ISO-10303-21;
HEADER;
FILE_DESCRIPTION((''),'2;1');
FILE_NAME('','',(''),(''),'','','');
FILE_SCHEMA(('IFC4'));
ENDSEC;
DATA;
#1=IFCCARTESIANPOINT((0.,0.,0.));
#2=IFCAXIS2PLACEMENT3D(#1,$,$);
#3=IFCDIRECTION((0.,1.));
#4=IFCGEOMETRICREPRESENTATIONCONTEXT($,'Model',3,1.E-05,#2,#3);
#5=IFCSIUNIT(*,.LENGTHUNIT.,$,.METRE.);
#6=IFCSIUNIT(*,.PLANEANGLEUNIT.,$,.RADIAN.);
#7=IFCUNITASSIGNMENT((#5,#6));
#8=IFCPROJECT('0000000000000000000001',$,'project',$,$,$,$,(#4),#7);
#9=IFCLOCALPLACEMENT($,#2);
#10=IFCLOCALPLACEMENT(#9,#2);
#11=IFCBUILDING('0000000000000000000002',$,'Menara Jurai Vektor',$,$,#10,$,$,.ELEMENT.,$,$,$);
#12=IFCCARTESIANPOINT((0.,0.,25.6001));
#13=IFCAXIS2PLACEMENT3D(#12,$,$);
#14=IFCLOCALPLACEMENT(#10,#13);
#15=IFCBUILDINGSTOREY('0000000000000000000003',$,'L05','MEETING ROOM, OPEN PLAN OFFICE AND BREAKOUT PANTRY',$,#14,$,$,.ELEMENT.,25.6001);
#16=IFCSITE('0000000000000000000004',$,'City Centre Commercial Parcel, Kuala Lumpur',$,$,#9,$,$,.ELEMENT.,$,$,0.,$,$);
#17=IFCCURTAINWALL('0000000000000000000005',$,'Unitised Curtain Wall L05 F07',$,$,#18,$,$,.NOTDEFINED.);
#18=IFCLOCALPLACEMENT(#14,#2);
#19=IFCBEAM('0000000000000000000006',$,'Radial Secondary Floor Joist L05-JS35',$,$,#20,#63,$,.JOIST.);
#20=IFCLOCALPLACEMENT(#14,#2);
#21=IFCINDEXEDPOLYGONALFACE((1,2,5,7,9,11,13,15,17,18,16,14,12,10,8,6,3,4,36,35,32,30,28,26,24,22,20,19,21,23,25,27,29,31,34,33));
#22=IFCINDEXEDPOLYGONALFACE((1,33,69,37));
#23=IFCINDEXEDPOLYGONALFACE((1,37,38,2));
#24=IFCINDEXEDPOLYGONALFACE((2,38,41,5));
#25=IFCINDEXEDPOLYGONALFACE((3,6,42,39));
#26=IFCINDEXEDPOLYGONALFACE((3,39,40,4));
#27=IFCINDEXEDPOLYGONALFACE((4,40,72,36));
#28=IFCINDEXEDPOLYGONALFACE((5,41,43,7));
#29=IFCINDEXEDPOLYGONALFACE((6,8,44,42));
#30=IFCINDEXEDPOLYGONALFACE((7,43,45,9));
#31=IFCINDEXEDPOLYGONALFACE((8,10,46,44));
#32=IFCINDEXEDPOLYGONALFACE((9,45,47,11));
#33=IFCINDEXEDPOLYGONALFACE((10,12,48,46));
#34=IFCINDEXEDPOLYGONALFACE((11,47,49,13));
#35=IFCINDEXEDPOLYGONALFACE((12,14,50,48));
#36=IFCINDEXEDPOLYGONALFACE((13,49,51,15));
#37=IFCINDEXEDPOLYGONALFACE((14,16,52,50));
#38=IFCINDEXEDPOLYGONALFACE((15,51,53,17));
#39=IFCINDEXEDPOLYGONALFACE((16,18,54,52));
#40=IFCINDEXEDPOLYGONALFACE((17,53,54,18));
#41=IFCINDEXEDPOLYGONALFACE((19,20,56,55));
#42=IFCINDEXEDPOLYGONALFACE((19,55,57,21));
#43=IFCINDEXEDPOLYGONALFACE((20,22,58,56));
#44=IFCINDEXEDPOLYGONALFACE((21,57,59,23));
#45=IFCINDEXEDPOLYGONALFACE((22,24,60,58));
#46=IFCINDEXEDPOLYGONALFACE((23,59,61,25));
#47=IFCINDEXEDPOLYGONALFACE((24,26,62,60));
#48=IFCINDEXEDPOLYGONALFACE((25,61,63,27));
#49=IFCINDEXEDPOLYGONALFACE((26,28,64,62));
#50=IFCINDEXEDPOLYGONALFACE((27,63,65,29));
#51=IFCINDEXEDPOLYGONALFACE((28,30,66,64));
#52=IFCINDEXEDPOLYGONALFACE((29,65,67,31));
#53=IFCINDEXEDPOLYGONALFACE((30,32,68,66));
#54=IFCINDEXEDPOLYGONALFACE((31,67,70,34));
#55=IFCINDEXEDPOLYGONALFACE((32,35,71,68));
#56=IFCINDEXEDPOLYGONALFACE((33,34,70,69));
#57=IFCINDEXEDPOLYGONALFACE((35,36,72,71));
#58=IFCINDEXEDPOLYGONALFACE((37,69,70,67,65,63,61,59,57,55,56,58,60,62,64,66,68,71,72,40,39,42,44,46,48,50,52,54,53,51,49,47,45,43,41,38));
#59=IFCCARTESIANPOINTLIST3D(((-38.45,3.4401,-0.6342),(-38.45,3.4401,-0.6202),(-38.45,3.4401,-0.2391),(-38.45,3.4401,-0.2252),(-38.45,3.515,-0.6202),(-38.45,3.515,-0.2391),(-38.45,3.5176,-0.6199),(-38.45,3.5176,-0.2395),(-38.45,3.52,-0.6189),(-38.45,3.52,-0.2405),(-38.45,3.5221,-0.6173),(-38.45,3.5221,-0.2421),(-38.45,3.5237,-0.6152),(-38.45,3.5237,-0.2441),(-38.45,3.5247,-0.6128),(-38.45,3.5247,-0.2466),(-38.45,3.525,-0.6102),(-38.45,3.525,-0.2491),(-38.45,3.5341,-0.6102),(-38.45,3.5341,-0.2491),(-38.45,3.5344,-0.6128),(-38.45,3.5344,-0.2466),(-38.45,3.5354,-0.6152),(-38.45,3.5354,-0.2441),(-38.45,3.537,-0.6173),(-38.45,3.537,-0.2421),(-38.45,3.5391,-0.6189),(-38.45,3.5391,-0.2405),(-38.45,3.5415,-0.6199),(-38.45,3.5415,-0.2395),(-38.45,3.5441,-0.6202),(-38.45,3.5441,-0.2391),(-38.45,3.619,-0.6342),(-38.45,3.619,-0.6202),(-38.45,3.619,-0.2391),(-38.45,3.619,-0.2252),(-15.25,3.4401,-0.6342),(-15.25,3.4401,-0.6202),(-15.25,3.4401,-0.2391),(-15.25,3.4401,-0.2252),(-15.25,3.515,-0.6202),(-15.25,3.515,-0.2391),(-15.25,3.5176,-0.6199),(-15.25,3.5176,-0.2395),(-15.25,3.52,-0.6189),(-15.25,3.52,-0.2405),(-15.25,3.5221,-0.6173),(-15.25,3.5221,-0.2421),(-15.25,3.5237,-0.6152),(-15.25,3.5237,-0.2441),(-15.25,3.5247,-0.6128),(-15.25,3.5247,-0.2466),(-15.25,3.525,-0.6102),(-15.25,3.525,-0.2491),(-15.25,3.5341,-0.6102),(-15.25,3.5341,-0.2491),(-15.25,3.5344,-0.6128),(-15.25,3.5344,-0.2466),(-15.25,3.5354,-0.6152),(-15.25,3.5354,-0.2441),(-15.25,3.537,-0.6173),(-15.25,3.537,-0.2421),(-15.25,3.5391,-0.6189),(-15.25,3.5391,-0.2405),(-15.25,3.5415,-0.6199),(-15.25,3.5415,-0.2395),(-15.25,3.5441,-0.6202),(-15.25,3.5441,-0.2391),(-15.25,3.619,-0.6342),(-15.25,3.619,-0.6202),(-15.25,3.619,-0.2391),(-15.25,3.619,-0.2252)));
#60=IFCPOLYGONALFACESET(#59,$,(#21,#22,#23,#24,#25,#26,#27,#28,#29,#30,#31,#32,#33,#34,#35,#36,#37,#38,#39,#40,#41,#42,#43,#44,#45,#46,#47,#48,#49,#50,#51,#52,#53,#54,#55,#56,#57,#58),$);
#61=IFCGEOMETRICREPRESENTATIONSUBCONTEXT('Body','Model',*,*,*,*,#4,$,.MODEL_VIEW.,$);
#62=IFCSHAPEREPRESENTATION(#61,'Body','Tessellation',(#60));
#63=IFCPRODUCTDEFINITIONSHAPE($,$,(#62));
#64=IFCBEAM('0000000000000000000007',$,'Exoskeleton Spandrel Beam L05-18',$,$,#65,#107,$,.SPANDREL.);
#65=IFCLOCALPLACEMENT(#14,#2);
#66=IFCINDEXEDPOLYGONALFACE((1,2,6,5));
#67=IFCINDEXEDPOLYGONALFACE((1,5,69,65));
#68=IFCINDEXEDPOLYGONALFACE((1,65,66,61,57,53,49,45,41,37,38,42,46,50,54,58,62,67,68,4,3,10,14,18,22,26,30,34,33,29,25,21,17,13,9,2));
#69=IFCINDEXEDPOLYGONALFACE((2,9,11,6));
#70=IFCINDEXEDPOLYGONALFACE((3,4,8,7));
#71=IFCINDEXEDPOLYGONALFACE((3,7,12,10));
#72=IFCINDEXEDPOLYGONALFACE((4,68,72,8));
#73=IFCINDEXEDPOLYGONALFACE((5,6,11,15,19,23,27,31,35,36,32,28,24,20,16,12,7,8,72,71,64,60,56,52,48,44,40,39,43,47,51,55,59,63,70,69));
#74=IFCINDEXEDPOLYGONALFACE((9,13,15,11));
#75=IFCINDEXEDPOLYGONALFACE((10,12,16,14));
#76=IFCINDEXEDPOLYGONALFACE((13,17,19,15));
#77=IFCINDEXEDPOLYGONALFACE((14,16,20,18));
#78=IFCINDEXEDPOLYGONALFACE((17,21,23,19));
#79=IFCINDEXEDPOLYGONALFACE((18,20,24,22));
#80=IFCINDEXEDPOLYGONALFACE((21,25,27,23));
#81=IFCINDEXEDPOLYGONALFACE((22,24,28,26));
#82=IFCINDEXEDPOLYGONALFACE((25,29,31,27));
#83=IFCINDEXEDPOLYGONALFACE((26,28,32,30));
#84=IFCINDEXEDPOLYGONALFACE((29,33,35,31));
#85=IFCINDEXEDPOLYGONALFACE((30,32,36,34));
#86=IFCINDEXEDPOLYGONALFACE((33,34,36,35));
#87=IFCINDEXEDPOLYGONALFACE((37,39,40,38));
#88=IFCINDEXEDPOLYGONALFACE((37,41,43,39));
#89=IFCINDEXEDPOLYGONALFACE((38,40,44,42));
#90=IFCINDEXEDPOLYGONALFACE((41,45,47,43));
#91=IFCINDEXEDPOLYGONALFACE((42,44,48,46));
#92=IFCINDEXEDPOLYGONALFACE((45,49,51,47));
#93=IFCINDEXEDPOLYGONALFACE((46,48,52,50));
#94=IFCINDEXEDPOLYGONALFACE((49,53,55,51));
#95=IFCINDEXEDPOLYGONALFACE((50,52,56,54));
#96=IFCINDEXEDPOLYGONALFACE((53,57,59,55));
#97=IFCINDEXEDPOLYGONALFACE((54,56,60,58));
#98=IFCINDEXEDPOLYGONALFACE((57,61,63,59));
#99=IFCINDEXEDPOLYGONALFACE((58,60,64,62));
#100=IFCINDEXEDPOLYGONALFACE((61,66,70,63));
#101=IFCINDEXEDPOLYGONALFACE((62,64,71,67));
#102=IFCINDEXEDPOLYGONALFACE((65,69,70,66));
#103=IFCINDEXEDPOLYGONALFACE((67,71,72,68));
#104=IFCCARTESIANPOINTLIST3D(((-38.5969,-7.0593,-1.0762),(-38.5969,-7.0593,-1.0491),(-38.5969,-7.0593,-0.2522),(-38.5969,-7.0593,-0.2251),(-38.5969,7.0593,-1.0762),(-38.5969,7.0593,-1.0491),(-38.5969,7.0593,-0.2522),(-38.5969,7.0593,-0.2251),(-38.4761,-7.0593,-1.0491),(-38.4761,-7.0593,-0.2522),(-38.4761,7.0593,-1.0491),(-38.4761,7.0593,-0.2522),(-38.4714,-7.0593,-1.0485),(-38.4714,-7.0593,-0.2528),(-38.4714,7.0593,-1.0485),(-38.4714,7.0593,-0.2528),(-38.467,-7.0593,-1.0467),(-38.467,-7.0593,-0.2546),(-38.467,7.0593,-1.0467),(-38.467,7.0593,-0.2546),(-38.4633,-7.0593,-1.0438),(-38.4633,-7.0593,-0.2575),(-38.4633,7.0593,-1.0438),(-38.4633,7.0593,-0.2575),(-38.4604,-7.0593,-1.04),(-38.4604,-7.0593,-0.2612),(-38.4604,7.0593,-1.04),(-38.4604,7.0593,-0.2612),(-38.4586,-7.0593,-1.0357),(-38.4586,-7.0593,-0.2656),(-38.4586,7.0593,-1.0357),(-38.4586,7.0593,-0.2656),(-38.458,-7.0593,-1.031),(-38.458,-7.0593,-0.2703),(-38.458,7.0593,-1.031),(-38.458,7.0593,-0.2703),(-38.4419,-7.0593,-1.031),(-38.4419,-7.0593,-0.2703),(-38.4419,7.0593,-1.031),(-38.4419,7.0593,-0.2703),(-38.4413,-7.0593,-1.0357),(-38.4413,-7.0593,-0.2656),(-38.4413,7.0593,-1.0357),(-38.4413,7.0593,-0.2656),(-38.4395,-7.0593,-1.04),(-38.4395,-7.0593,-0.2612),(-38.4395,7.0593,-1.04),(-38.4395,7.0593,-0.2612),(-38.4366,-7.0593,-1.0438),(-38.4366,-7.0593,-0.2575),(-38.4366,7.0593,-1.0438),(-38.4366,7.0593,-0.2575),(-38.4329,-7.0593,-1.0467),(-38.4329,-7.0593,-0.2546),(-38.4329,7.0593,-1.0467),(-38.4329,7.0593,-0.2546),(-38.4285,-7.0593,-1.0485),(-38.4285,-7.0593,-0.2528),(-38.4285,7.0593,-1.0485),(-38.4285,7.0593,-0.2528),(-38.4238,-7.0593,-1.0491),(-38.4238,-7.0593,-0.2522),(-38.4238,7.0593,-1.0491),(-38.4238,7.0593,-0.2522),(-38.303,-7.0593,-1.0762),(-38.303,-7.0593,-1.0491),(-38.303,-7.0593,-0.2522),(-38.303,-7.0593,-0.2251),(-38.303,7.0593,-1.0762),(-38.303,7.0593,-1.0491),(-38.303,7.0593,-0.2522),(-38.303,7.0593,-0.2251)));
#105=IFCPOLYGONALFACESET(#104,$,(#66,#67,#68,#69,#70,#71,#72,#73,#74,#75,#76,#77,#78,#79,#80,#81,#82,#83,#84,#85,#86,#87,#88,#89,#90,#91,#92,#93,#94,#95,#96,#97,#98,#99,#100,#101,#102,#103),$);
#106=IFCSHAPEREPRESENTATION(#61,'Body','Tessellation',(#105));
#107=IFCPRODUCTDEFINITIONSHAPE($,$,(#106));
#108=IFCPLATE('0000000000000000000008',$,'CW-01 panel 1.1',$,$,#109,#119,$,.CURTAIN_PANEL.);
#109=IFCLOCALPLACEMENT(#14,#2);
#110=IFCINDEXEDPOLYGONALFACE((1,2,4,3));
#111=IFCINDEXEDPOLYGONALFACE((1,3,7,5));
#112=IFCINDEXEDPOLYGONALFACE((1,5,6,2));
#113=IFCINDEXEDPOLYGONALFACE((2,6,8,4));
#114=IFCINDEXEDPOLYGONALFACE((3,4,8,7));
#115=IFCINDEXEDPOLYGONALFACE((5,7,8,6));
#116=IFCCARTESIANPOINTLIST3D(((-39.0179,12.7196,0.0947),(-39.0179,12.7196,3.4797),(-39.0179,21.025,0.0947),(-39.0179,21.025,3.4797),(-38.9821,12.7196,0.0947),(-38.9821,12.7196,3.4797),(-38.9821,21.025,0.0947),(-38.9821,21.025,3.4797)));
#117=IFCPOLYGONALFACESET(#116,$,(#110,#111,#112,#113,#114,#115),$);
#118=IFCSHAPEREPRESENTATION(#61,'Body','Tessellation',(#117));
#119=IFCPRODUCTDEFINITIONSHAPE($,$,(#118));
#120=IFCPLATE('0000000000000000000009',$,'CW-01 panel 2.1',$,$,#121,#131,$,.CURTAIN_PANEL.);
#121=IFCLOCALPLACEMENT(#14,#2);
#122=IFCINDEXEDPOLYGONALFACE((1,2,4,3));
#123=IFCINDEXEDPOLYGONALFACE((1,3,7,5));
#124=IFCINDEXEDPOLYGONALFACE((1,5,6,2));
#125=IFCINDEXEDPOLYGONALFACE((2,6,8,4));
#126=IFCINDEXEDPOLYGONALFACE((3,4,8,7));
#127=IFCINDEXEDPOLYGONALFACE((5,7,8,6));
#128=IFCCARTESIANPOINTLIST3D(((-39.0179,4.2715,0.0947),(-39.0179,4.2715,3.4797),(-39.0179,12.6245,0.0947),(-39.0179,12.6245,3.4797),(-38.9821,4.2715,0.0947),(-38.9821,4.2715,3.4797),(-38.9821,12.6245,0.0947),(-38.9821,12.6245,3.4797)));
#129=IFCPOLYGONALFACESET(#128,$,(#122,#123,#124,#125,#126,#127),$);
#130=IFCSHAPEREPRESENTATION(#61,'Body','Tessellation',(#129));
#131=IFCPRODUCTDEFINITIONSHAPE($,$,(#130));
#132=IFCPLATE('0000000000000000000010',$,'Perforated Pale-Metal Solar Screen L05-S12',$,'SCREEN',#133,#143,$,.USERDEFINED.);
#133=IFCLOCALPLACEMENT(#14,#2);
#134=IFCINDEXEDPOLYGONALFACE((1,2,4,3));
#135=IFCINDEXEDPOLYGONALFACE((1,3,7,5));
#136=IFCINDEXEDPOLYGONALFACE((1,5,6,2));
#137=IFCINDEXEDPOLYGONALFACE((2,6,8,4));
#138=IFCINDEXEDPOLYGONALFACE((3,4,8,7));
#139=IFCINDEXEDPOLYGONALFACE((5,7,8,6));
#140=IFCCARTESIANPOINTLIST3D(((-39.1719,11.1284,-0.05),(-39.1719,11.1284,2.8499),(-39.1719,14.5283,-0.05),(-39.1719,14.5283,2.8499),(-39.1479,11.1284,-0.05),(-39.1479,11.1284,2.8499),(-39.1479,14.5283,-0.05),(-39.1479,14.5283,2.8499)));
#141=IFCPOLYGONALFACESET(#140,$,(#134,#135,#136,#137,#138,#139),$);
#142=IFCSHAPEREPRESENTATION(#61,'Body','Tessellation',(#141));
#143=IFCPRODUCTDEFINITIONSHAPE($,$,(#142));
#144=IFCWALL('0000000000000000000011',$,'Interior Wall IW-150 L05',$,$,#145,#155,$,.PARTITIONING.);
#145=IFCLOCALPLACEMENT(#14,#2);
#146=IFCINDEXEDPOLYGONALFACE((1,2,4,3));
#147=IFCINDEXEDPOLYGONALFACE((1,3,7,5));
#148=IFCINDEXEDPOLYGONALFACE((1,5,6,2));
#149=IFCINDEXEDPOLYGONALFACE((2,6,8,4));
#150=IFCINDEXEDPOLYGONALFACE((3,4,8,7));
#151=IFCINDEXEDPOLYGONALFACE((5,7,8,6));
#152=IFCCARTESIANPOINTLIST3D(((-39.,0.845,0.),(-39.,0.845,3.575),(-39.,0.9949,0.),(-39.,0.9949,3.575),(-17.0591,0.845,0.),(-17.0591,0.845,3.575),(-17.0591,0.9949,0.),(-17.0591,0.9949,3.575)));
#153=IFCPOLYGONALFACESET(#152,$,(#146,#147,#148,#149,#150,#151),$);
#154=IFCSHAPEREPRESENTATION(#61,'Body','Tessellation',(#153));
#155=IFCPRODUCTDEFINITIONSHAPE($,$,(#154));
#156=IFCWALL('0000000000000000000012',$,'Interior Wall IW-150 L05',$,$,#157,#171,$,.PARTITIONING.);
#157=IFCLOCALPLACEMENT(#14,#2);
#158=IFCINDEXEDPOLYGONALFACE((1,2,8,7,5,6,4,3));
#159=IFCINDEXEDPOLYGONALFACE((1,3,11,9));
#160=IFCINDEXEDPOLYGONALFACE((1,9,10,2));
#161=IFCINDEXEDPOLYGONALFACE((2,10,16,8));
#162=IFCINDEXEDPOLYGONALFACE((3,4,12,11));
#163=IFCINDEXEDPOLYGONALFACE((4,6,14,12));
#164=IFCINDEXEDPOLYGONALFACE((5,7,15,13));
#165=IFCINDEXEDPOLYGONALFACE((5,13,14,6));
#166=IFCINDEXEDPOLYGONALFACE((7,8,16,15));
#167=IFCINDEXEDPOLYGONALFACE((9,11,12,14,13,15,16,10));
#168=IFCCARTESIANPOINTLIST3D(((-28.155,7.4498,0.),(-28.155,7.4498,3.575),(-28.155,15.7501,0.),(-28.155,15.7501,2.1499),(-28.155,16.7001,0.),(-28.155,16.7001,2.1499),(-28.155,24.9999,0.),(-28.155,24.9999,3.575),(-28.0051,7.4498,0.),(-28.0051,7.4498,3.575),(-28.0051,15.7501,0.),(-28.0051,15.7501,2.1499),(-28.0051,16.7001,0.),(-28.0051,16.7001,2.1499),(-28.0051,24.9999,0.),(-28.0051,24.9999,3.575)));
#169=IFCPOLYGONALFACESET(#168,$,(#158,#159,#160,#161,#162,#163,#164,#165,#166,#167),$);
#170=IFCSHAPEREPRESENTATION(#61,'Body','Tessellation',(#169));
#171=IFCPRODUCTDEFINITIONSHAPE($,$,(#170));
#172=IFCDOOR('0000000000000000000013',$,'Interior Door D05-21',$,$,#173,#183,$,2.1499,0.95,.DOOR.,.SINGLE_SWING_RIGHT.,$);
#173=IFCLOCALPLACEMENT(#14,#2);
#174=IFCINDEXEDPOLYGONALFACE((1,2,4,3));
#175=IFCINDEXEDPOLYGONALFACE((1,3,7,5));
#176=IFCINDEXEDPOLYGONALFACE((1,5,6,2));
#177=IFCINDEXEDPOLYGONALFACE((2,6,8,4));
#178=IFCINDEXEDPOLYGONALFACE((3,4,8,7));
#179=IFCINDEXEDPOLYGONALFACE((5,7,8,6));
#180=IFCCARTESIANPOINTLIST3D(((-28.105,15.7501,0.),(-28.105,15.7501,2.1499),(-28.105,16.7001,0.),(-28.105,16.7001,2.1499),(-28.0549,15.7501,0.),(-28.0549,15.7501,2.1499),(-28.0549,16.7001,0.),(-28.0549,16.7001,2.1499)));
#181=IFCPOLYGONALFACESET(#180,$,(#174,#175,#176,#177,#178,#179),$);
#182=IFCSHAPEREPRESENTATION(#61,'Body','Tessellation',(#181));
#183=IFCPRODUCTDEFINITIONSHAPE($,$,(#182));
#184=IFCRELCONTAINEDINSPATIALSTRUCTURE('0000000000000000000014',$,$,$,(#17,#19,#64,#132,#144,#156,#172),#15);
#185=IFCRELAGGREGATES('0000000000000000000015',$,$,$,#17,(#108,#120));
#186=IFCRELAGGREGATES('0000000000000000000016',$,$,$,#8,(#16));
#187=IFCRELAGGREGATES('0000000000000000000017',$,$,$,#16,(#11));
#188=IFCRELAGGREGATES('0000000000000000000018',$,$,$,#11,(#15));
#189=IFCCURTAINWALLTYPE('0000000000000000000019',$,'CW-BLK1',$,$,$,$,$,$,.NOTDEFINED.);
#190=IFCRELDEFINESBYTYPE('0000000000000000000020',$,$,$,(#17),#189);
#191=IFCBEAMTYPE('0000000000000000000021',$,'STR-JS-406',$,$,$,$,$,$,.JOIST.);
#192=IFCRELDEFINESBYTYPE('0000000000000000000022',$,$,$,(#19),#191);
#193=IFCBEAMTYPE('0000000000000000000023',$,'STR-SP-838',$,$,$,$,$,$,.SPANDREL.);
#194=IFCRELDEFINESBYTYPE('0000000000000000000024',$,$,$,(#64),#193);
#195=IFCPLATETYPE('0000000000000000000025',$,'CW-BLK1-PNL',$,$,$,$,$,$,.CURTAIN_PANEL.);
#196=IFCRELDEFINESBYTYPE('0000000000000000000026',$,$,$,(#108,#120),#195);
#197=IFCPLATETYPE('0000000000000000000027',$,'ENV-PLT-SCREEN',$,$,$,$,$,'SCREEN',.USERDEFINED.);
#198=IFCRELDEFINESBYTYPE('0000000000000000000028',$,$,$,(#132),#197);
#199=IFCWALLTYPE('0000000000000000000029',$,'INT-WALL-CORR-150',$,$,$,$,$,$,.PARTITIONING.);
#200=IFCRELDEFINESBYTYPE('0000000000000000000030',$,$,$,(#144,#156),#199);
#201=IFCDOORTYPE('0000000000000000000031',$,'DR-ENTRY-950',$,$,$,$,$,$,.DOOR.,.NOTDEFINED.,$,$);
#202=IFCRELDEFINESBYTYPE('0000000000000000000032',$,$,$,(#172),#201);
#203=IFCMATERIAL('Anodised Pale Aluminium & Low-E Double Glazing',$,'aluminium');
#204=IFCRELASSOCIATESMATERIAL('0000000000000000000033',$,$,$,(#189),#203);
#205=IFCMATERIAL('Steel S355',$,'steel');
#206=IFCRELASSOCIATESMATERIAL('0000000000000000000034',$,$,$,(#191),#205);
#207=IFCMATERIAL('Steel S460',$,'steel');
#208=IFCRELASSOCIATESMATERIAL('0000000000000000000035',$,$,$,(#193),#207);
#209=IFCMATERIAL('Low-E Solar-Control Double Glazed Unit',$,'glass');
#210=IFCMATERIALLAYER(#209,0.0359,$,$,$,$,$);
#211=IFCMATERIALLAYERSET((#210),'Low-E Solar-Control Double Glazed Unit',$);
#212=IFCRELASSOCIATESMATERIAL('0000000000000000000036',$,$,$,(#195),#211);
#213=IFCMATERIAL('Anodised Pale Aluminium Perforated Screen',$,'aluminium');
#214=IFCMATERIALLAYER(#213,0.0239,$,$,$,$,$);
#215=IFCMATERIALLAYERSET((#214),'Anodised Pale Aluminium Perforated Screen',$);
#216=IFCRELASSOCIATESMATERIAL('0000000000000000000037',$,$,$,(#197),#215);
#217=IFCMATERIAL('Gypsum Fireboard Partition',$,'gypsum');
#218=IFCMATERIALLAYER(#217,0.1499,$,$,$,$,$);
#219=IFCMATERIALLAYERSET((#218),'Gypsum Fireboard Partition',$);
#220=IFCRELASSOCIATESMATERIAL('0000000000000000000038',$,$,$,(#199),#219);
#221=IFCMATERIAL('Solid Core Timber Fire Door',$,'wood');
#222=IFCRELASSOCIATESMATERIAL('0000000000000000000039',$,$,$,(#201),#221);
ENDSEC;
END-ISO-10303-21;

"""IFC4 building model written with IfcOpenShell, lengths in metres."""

from ifc_helpers import new_model, si_unit, direction, frame, frame_2d, origin, origin_2d, place, context, subcontext, project, spatial, rectangle, i_section, extrude, material, layer, layer_set, material_profile, profile_set, type_object, element, fill, aggregate, save


model = new_model("IFC4")

# Units and contexts
model_context = context("Model", 3, precision=1e-05, world=origin(), true_north=direction((0.0, 1.0)))
body_context = subcontext(model_context, "Body", "Model", "MODEL_VIEW")
ifc_project = project(units=[si_unit("LENGTHUNIT", "METRE"), si_unit("PLANEANGLEUNIT", "RADIAN")], contexts=[model_context])

# Site, building, storey
site_placement = place(None, origin())
site = spatial("IfcSite", under=ifc_project, at=site_placement, Name="City Centre Commercial Parcel, Kuala Lumpur", CompositionType="ELEMENT", RefElevation=0.0)
building_placement = place(site_placement, origin())
building = spatial("IfcBuilding", under=site, at=building_placement, Name="Menara Jurai Vektor", CompositionType="ELEMENT")
storey_placement = place(building_placement, frame((0.0, 0.0, 25.6001)))
storey = spatial("IfcBuildingStorey", under=building, at=storey_placement, Name="L05", Description="MEETING ROOM, OPEN PLAN OFFICE AND BREAKOUT PANTRY", CompositionType="ELEMENT", Elevation=25.6001)

# Shared definitions
ifc_material_1 = material(Name="Steel S460", Category="steel")

# Curtain wall
ifc_material_2 = material(Name="Anodised Pale Aluminium & Low-E Double Glazing", Category="aluminium")
curtain_wall_type = type_object("IfcCurtainWallType", Name="CW-BLK1", PredefinedType="NOTDEFINED", material=ifc_material_2)
curtain_wall_placement = place(storey_placement, origin())
curtain_wall = element("IfcCurtainWall", 1, at=curtain_wall_placement, inside=storey, type_object=curtain_wall_type, Name="Unitised Curtain Wall L05 F07", PredefinedType="NOTDEFINED")

# Beams
ifc_material_3 = material(Name="Steel S355", Category="steel")
ifc_material_profile_1 = material_profile(ifc_material_3, i_section(OverallWidth=0.179, OverallDepth=0.4089, WebThickness=0.009, FlangeThickness=0.0139, FilletRadius=0.01, at=origin_2d()), Name="UKB 406x178x67")
ifc_profile_set_1 = profile_set([ifc_material_profile_1], Name="Steel S355")
beam_type_1 = type_object("IfcBeamType", Name="STR-JS-406", PredefinedType="JOIST", material=ifc_profile_set_1)
beam_1_placement = place(storey_placement, frame((-38.45, 3.5295, -0.4297), z_axis=(1.0, 0.0, 0.0), x_axis=(0.0, 1.0, 0.0)))
element("IfcBeam", 2, at=beam_1_placement, inside=storey, type_object=beam_type_1, Name="Radial Secondary Floor Joist L05-JS35", PredefinedType="JOIST", context=body_context, shape_type="SweptSolid", body=[
    extrude(i_section(OverallWidth=0.179, OverallDepth=0.4089, WebThickness=0.009, FlangeThickness=0.0139, FilletRadius=0.01, at=origin_2d()), origin(), (0.0, 0.0, 1.0), 23.2),
])
ifc_material_profile_2 = material_profile(ifc_material_1, i_section(OverallWidth=0.2939, OverallDepth=0.8511, WebThickness=0.0161, FlangeThickness=0.0271, FilletRadius=0.0181, at=origin_2d()), Name="UKB 838x292x226")
ifc_profile_set_2 = profile_set([ifc_material_profile_2], Name="Steel S460")
beam_type_2 = type_object("IfcBeamType", Name="STR-SP-838", PredefinedType="SPANDREL", material=ifc_profile_set_2)
beam_2_placement = place(storey_placement, frame((-38.45, 7.0593, -0.6506), z_axis=(0.0, -1.0, 0.0), x_axis=(1.0, 0.0, 0.0)))
element("IfcBeam", 3, at=beam_2_placement, inside=storey, type_object=beam_type_2, Name="Exoskeleton Spandrel Beam L05-18", PredefinedType="SPANDREL", context=body_context, shape_type="SweptSolid", body=[
    extrude(i_section(OverallWidth=0.2939, OverallDepth=0.8511, WebThickness=0.0161, FlangeThickness=0.0271, FilletRadius=0.0181, at=origin_2d()), origin(), (0.0, 0.0, 1.0), 14.1187),
])

# Plates
ifc_material_4 = material(Name="Low-E Solar-Control Double Glazed Unit", Category="glass")
ifc_layer_1 = layer(ifc_material_4, 0.0359)
ifc_layer_set_1 = layer_set([ifc_layer_1], Name="Low-E Solar-Control Double Glazed Unit")
plate_type_1 = type_object("IfcPlateType", Name="CW-BLK1-PNL", PredefinedType="CURTAIN_PANEL", material=ifc_layer_set_1)
plate_1_placement = place(storey_placement, frame((-39.0, 16.8723, 0.0947), z_axis=(0.0, 0.0, 1.0), x_axis=(0.0, -1.0, 0.0)))
plate_1 = element("IfcPlate", 4, at=plate_1_placement, type_object=plate_type_1, Name="CW-01 panel 1.1", PredefinedType="CURTAIN_PANEL", context=body_context, shape_type="SweptSolid", body=[
    extrude(rectangle(XDim=8.3054, YDim=0.0359, at=origin_2d()), origin(), (0.0, 0.0, 1.0), 3.385),
])
plate_2_placement = place(storey_placement, frame((-39.0, 8.448, 0.0947), z_axis=(0.0, 0.0, 1.0), x_axis=(0.0, -1.0, 0.0)))
plate_2 = element("IfcPlate", 5, at=plate_2_placement, type_object=plate_type_1, Name="CW-01 panel 2.1", PredefinedType="CURTAIN_PANEL", context=body_context, shape_type="SweptSolid", body=[
    extrude(rectangle(XDim=8.353, YDim=0.0359, at=origin_2d()), origin(), (0.0, 0.0, 1.0), 3.385),
])
aggregate(curtain_wall, [plate_1, plate_2])
ifc_material_5 = material(Name="Anodised Pale Aluminium Perforated Screen", Category="aluminium")
ifc_layer_2 = layer(ifc_material_5, 0.0239)
ifc_layer_set_2 = layer_set([ifc_layer_2], Name="Anodised Pale Aluminium Perforated Screen")
plate_type_2 = type_object("IfcPlateType", Name="ENV-PLT-SCREEN", ElementType="SCREEN", PredefinedType="USERDEFINED", material=ifc_layer_set_2)
plate_3_placement = place(storey_placement, frame((-39.1599, 12.8284, -0.05), z_axis=(0.0, 0.0, 1.0), x_axis=(0.0, -1.0, 0.0)))
element("IfcPlate", 6, at=plate_3_placement, inside=storey, type_object=plate_type_2, Name="Perforated Pale-Metal Solar Screen L05-S12", ObjectType="SCREEN", PredefinedType="USERDEFINED", context=body_context, shape_type="SweptSolid", body=[
    extrude(rectangle(XDim=3.3999, YDim=0.0239, at=origin_2d()), origin(), (0.0, 0.0, 1.0), 2.8999),
])

# Wall
ifc_material_6 = material(Name="Gypsum Fireboard Partition", Category="gypsum")
ifc_layer_3 = layer(ifc_material_6, 0.1499)
ifc_layer_set_3 = layer_set([ifc_layer_3], Name="Gypsum Fireboard Partition")
wall_type_1 = type_object("IfcWallType", Name="INT-WALL-CORR-150", PredefinedType="PARTITIONING", material=ifc_layer_set_3)
wall_1_placement = place(storey_placement, frame((-39.0, 0.9199, 0.0), z_axis=(0.0, 0.0, 1.0), x_axis=(1.0, 0.0, 0.0)))
element("IfcWall", 7, at=wall_1_placement, inside=storey, type_object=wall_type_1, Name="Interior Wall IW-150 L05", PredefinedType="PARTITIONING", context=body_context, shape_type="SweptSolid", body=[
    extrude(rectangle(XDim=21.9409, YDim=0.1499, at=frame_2d((10.9705, 0.0))), origin(), (0.0, 0.0, 1.0), 3.575),
])

# Wall, opening, door
wall_2_placement = place(storey_placement, frame((-28.0801, 7.45, 0.0), z_axis=(0.0, 0.0, 1.0), x_axis=(0.0, 1.0, 0.0)))
wall_2 = element("IfcWall", 8, at=wall_2_placement, inside=storey, type_object=wall_type_1, Name="Interior Wall IW-150 L05", PredefinedType="PARTITIONING", context=body_context, shape_type="SweptSolid", body=[
    extrude(rectangle(XDim=17.55, YDim=0.1499, at=frame_2d((8.7749, 0.0))), origin(), (0.0, 0.0, 1.0), 3.575),
])
opening_1_placement = place(wall_2_placement, frame((8.3, 0.0, 0.0)))
opening_1 = element("IfcOpeningElement", 9, at=opening_1_placement, cuts=wall_2, PredefinedType="OPENING", context=body_context, shape_type="SweptSolid", body=[
    extrude(rectangle(XDim=0.95, YDim=2.1499, at=frame_2d((0.4751, 1.075))), frame((0.0, 0.085, 0.0), z_axis=(0.0, -1.0, 0.0), x_axis=(1.0, 0.0, 0.0)), (0.0, 0.0, 1.0), 0.1699),
])
ifc_material_7 = material(Name="Solid Core Timber Fire Door", Category="wood")
door_type = type_object("IfcDoorType", Name="DR-ENTRY-950", OperationType="NOTDEFINED", PredefinedType="DOOR", material=ifc_material_7)
door_1_placement = place(opening_1_placement, origin())
door_1 = element("IfcDoor", 10, at=door_1_placement, inside=storey, type_object=door_type, Name="Interior Door D05-21", OperationType="SINGLE_SWING_RIGHT", OverallHeight=2.1499, OverallWidth=0.95, PredefinedType="DOOR", context=body_context, shape_type="SweptSolid", body=[
    extrude(rectangle(XDim=0.95, YDim=2.1499, at=frame_2d((0.4751, 1.075))), frame((0.0, 0.0249, 0.0), z_axis=(0.0, -1.0, 0.0), x_axis=(1.0, 0.0, 0.0)), (0.0, 0.0, 1.0), 0.05),
])
fill(opening_1, door_1)

save(model, "model.ifc")
